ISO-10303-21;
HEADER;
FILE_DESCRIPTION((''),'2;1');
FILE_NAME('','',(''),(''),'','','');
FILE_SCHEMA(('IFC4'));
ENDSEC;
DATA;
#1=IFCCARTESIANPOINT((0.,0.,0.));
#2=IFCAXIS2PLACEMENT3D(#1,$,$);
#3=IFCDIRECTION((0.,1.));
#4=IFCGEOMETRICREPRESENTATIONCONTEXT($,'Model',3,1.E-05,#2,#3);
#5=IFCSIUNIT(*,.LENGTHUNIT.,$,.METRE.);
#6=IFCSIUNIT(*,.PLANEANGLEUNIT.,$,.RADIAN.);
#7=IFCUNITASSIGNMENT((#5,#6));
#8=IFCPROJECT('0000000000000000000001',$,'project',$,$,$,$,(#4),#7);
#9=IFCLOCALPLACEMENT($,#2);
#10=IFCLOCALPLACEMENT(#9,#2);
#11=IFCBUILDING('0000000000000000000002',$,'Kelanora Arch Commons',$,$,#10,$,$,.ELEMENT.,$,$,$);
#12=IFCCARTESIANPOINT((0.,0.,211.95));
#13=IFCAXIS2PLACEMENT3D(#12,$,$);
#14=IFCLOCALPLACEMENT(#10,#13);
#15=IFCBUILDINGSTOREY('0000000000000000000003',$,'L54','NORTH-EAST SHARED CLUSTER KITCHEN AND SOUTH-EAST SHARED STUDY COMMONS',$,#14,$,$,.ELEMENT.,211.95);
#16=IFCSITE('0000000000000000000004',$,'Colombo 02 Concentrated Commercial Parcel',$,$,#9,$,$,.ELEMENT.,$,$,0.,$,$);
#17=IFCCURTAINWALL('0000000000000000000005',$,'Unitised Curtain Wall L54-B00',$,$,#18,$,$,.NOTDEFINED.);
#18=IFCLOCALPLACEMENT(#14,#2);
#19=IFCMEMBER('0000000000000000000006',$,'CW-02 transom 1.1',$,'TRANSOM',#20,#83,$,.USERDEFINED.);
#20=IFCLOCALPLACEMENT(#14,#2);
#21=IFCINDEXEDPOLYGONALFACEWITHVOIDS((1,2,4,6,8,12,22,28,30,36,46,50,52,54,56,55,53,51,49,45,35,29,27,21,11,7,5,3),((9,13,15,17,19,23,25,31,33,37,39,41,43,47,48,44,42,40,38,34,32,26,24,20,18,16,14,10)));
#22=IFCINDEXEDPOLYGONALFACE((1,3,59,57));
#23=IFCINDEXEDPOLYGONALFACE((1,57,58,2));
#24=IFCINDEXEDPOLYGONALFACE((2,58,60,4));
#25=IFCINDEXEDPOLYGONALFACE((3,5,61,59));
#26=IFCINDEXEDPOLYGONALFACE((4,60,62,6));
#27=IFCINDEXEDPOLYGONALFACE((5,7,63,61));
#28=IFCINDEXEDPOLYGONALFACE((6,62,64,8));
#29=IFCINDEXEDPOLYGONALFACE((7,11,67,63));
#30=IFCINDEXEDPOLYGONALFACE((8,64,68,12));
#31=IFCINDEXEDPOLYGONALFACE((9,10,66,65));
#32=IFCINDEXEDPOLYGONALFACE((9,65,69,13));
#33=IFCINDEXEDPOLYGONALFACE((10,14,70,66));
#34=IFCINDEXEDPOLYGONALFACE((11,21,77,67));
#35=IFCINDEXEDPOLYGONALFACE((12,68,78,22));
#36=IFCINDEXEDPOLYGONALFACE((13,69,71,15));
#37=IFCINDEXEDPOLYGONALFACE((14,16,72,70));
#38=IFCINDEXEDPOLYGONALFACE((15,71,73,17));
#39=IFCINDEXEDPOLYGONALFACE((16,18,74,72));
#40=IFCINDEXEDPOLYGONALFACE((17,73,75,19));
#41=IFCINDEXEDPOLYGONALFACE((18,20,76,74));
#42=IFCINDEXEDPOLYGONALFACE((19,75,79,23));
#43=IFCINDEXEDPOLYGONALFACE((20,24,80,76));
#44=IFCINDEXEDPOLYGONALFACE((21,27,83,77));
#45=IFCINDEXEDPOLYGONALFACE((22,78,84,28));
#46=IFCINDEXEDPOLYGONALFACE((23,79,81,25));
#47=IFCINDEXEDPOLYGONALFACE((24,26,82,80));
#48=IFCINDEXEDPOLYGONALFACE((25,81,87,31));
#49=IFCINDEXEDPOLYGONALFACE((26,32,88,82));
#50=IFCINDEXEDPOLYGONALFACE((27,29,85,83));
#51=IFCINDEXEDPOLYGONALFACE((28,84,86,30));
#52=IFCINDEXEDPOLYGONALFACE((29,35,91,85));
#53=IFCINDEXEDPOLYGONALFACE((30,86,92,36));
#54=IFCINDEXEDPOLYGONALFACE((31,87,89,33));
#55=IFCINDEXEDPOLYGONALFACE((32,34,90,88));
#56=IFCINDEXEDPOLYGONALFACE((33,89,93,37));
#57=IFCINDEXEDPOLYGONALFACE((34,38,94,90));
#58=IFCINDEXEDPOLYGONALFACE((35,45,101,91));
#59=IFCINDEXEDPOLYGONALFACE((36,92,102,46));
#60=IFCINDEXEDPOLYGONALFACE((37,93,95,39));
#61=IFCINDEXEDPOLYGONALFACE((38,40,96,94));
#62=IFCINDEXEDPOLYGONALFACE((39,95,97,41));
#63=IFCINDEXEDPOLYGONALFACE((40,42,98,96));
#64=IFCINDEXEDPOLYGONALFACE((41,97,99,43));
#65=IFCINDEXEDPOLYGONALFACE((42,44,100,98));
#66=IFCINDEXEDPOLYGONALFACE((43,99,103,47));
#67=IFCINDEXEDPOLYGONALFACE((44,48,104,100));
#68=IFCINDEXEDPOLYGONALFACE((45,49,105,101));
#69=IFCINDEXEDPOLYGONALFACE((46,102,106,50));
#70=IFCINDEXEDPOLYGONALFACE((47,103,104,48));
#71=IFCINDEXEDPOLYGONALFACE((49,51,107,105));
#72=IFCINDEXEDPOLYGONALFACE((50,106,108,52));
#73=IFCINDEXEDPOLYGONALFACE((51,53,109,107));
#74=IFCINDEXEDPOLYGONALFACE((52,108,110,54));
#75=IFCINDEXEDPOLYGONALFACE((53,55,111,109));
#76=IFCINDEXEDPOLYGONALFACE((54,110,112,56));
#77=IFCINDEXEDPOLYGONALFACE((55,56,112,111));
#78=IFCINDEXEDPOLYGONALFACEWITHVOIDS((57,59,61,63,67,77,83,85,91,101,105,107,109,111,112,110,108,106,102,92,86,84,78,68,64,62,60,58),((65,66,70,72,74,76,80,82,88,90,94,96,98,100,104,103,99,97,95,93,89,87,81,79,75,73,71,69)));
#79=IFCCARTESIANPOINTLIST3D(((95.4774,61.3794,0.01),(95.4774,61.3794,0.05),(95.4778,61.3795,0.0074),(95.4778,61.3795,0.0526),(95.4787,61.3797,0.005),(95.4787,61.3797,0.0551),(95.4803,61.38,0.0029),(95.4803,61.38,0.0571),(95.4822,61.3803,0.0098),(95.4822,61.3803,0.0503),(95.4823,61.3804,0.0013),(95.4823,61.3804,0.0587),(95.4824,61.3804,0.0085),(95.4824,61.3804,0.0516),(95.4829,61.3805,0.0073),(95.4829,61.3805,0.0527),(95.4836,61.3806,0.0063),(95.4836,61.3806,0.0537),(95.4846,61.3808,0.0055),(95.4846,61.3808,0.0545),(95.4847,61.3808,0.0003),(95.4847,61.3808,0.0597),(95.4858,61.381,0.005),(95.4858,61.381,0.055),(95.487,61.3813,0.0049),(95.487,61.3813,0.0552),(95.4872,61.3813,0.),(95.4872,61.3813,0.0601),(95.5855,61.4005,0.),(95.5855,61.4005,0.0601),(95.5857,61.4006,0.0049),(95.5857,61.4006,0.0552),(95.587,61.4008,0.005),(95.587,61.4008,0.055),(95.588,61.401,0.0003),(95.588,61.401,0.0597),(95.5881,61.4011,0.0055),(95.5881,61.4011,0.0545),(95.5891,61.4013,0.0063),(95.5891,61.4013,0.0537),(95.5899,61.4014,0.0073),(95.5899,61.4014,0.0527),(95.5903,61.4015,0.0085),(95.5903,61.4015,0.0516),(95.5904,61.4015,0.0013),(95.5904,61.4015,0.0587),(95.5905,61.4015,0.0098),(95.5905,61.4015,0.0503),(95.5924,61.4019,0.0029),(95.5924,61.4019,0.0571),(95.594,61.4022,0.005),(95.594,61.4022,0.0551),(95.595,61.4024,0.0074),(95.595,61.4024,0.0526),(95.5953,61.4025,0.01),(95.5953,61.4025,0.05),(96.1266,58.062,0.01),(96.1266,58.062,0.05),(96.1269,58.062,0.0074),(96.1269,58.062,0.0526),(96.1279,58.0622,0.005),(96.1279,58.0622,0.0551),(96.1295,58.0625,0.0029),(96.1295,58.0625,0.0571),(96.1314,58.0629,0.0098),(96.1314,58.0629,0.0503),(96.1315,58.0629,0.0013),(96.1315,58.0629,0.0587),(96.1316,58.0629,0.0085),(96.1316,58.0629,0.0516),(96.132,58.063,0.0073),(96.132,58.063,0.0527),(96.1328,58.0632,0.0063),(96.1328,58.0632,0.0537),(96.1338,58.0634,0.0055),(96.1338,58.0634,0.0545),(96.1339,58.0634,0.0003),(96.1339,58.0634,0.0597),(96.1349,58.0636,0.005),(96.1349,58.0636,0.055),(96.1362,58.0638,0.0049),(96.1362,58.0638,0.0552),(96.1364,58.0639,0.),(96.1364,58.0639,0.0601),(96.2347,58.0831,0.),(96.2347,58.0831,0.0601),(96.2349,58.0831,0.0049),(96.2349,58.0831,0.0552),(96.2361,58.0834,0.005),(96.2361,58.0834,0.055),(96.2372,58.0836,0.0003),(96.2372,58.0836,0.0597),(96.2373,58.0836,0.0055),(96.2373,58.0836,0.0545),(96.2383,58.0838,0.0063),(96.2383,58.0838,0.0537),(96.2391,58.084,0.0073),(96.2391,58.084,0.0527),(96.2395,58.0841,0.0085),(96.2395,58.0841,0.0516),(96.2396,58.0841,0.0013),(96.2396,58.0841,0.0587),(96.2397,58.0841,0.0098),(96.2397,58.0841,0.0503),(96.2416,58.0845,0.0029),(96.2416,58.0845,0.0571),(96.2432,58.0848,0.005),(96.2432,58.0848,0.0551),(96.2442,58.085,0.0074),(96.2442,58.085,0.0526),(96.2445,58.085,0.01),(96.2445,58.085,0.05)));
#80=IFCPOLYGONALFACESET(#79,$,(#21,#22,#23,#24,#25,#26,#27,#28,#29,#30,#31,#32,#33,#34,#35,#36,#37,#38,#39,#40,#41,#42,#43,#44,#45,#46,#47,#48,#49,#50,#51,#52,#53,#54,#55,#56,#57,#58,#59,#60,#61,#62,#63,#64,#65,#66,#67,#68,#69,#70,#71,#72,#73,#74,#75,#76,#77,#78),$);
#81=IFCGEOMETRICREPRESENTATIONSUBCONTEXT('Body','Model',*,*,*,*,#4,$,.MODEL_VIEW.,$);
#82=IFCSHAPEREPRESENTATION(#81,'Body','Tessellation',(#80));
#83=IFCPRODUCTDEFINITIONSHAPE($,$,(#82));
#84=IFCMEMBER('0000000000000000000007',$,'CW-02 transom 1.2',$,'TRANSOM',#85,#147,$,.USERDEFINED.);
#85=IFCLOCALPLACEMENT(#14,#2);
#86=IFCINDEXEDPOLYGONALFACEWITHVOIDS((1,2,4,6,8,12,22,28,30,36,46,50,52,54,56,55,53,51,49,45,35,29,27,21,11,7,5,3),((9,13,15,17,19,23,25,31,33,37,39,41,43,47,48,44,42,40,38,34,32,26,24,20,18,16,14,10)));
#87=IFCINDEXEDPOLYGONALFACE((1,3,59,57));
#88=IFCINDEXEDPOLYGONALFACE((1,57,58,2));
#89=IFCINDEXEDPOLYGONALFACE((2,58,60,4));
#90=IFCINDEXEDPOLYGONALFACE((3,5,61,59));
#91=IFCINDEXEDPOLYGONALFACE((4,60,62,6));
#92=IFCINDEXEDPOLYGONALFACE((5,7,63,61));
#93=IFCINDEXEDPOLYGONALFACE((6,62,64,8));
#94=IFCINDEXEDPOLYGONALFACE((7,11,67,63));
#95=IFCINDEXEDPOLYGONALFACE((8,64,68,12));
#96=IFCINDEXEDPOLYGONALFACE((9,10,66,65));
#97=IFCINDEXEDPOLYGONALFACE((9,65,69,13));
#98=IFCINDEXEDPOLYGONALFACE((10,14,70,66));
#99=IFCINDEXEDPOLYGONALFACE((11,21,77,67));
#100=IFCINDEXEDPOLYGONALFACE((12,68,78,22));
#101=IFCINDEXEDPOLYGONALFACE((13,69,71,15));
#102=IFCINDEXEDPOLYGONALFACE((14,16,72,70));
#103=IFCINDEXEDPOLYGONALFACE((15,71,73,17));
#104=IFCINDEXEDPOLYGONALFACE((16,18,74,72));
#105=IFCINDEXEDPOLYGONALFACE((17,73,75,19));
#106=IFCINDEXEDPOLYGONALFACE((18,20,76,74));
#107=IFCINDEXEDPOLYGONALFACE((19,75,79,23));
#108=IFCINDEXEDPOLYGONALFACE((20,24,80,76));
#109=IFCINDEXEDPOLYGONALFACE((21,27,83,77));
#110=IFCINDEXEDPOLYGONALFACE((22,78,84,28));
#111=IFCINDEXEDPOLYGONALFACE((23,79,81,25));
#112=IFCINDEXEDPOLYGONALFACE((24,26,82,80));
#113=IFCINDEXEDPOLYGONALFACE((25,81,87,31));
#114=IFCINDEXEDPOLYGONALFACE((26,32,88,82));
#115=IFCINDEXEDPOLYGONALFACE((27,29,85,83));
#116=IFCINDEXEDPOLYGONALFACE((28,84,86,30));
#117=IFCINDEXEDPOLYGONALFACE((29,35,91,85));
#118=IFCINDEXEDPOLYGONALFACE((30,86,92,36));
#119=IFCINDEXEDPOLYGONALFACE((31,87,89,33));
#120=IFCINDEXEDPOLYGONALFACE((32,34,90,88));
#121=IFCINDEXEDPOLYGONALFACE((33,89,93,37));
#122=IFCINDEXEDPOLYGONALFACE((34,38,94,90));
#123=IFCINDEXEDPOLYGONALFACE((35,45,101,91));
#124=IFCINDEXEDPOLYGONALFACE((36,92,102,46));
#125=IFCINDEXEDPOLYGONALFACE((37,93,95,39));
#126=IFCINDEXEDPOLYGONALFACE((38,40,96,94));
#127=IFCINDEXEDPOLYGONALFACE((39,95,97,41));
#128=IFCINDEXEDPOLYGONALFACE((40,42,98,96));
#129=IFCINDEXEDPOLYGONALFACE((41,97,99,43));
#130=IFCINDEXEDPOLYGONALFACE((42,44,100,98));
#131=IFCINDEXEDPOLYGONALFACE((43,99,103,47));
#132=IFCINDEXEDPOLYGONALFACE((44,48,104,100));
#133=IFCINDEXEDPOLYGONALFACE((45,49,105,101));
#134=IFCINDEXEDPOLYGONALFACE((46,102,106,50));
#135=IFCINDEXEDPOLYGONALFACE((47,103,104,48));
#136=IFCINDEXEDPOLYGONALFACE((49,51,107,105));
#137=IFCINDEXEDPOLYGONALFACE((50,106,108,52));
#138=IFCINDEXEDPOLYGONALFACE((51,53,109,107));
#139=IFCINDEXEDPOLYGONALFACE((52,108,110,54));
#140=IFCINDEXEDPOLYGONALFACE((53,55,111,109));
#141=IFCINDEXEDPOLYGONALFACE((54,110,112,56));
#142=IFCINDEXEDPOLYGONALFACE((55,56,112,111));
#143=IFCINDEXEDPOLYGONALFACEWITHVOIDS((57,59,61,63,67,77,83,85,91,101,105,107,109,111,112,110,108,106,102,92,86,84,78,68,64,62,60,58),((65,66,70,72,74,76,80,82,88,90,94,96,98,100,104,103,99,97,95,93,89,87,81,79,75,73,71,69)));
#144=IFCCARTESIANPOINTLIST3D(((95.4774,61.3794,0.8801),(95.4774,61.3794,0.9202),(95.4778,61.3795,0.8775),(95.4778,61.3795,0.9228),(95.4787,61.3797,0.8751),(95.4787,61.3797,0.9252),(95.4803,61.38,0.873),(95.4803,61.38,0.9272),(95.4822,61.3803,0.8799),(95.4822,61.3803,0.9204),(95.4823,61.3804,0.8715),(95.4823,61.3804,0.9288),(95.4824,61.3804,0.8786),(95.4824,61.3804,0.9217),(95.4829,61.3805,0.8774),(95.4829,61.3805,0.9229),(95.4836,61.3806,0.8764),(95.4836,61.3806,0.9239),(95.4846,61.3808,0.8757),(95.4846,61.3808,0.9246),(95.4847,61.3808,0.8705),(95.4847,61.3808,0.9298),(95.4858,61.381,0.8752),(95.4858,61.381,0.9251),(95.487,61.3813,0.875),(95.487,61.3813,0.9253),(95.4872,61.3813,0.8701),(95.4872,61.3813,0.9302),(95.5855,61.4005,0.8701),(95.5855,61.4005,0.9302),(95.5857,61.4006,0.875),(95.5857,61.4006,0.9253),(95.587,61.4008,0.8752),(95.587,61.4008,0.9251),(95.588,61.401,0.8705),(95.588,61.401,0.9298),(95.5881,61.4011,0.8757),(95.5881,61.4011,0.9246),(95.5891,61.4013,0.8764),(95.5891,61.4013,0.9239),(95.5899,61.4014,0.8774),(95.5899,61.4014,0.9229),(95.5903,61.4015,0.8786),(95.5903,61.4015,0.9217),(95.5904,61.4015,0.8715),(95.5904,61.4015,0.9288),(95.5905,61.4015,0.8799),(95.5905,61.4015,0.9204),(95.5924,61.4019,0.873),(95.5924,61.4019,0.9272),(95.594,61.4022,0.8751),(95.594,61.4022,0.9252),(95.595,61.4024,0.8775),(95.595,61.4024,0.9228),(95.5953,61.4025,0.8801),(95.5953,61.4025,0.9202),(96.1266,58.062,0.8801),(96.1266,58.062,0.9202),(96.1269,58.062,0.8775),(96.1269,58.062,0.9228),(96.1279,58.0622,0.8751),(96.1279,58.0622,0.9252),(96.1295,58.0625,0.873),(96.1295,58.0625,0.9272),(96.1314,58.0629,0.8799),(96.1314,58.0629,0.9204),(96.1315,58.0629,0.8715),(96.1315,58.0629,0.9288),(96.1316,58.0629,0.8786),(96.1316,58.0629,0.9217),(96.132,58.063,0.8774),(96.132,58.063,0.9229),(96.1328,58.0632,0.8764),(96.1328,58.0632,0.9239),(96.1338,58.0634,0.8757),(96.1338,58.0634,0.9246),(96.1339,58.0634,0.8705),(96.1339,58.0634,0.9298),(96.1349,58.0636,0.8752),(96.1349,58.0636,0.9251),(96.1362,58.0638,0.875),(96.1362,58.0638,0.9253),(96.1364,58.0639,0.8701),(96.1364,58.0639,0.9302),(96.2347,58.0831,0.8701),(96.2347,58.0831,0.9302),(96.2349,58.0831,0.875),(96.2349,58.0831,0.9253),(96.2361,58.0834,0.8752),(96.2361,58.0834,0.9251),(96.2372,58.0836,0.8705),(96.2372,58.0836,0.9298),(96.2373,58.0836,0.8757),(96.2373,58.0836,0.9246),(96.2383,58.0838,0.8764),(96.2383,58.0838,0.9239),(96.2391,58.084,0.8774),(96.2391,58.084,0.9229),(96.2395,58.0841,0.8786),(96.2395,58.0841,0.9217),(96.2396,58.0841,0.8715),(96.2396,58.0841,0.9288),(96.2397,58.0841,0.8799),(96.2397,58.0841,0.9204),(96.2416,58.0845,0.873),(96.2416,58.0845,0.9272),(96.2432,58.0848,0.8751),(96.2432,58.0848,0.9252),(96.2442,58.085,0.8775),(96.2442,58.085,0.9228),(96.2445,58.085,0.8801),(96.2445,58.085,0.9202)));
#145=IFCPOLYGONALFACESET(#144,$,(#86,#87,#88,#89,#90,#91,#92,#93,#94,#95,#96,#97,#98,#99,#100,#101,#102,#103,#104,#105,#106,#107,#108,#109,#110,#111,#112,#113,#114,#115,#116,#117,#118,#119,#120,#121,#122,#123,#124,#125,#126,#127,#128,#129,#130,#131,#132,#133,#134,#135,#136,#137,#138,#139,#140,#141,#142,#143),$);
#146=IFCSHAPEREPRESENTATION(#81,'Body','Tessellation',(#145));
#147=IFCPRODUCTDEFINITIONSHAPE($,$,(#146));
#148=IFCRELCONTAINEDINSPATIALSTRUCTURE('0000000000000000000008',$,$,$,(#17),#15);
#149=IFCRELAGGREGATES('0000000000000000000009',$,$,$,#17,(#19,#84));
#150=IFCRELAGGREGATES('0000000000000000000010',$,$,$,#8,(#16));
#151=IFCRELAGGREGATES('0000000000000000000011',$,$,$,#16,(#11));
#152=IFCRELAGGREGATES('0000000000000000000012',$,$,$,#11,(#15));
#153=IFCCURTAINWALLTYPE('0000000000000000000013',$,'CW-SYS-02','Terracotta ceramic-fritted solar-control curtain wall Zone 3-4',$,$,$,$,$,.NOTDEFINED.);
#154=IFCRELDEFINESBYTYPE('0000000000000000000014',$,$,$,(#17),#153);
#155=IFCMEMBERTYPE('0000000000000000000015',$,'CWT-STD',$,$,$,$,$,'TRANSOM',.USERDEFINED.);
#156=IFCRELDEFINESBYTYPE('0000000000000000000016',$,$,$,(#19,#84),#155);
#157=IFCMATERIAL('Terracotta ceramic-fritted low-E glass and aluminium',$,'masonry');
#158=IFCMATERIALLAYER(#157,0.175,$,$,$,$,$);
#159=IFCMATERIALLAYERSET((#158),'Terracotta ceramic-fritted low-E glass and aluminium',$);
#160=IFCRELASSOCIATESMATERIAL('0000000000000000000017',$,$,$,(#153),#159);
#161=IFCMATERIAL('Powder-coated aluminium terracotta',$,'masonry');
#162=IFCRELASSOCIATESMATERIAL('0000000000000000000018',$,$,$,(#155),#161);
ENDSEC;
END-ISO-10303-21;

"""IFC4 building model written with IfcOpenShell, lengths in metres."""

from ifc_helpers import new_model, si_unit, direction, frame, origin, origin_2d, place, context, subcontext, project, spatial, hollow_rectangle, extrude, material, layer, layer_set, material_profile, profile_set, type_object, element, aggregate, save


model = new_model("IFC4")

# Units and contexts
model_context = context("Model", 3, precision=1e-05, world=origin(), true_north=direction((0.0, 1.0)))
body_context = subcontext(model_context, "Body", "Model", "MODEL_VIEW")
ifc_project = project(units=[si_unit("LENGTHUNIT", "METRE"), si_unit("PLANEANGLEUNIT", "RADIAN")], contexts=[model_context])

# Site, building, storey
site_placement = place(None, origin())
site = spatial("IfcSite", under=ifc_project, at=site_placement, Name="Colombo 02 Concentrated Commercial Parcel", CompositionType="ELEMENT", RefElevation=0.0)
building_placement = place(site_placement, origin())
building = spatial("IfcBuilding", under=site, at=building_placement, Name="Kelanora Arch Commons", CompositionType="ELEMENT")
storey_placement = place(building_placement, frame((0.0, 0.0, 211.95)))
storey = spatial("IfcBuildingStorey", under=building, at=storey_placement, Name="L54", Description="NORTH-EAST SHARED CLUSTER KITCHEN AND SOUTH-EAST SHARED STUDY COMMONS", CompositionType="ELEMENT", Elevation=211.95)

# Curtain wall, members
ifc_material_1 = material(Name="Terracotta ceramic-fritted low-E glass and aluminium", Category="masonry")
ifc_layer_1 = layer(ifc_material_1, 0.175)
ifc_layer_set_1 = layer_set([ifc_layer_1], Name="Terracotta ceramic-fritted low-E glass and aluminium")
curtain_wall_type = type_object("IfcCurtainWallType", Name="CW-SYS-02", Description="Terracotta ceramic-fritted solar-control curtain wall Zone 3-4", PredefinedType="NOTDEFINED", material=ifc_layer_set_1)
curtain_wall_placement = place(storey_placement, origin())
curtain_wall = element("IfcCurtainWall", 1, at=curtain_wall_placement, inside=storey, type_object=curtain_wall_type, Name="Unitised Curtain Wall L54-B00", PredefinedType="NOTDEFINED")
ifc_material_2 = material(Name="Powder-coated aluminium terracotta", Category="masonry")
ifc_material_profile_1 = material_profile(ifc_material_2, hollow_rectangle(XDim=0.1201, YDim=0.0601, WallThickness=0.0049, InnerFilletRadius=0.0049, OuterFilletRadius=0.01, at=origin_2d()), Name="CWT120x60")
ifc_profile_set_1 = profile_set([ifc_material_profile_1], Name="Powder-coated aluminium terracotta")
member_type_1 = type_object("IfcMemberType", Name="CWT-STD", ElementType="TRANSOM", PredefinedType="USERDEFINED", material=ifc_profile_set_1)
member_1_placement = place(storey_placement, frame((96.1855, 58.0735, 0.03), z_axis=(-0.192045, 0.981386, 0.0), x_axis=(-0.981386, -0.192045, 0.0)))
member_1 = element("IfcMember", 2, at=member_1_placement, type_object=member_type_1, Name="CW-02 transom 1.1", ObjectType="TRANSOM", PredefinedType="USERDEFINED", context=body_context, shape_type="SweptSolid", body=[
    extrude(hollow_rectangle(XDim=0.1201, YDim=0.0601, WallThickness=0.0049, InnerFilletRadius=0.0049, OuterFilletRadius=0.01, at=origin_2d()), origin(), (0.0, 0.0, 1.0), 3.3804),
])
member_2_placement = place(storey_placement, frame((96.1855, 58.0735, 0.9001), z_axis=(-0.192045, 0.981386, 0.0), x_axis=(-0.981386, -0.192045, 0.0)))
member_2 = element("IfcMember", 3, at=member_2_placement, type_object=member_type_1, Name="CW-02 transom 1.2", ObjectType="TRANSOM", PredefinedType="USERDEFINED", context=body_context, shape_type="SweptSolid", body=[
    extrude(hollow_rectangle(XDim=0.1201, YDim=0.0601, WallThickness=0.0049, InnerFilletRadius=0.0049, OuterFilletRadius=0.01, at=origin_2d()), origin(), (0.0, 0.0, 1.0), 3.3804),
])
aggregate(curtain_wall, [member_1, member_2])

save(model, "model.ifc")
